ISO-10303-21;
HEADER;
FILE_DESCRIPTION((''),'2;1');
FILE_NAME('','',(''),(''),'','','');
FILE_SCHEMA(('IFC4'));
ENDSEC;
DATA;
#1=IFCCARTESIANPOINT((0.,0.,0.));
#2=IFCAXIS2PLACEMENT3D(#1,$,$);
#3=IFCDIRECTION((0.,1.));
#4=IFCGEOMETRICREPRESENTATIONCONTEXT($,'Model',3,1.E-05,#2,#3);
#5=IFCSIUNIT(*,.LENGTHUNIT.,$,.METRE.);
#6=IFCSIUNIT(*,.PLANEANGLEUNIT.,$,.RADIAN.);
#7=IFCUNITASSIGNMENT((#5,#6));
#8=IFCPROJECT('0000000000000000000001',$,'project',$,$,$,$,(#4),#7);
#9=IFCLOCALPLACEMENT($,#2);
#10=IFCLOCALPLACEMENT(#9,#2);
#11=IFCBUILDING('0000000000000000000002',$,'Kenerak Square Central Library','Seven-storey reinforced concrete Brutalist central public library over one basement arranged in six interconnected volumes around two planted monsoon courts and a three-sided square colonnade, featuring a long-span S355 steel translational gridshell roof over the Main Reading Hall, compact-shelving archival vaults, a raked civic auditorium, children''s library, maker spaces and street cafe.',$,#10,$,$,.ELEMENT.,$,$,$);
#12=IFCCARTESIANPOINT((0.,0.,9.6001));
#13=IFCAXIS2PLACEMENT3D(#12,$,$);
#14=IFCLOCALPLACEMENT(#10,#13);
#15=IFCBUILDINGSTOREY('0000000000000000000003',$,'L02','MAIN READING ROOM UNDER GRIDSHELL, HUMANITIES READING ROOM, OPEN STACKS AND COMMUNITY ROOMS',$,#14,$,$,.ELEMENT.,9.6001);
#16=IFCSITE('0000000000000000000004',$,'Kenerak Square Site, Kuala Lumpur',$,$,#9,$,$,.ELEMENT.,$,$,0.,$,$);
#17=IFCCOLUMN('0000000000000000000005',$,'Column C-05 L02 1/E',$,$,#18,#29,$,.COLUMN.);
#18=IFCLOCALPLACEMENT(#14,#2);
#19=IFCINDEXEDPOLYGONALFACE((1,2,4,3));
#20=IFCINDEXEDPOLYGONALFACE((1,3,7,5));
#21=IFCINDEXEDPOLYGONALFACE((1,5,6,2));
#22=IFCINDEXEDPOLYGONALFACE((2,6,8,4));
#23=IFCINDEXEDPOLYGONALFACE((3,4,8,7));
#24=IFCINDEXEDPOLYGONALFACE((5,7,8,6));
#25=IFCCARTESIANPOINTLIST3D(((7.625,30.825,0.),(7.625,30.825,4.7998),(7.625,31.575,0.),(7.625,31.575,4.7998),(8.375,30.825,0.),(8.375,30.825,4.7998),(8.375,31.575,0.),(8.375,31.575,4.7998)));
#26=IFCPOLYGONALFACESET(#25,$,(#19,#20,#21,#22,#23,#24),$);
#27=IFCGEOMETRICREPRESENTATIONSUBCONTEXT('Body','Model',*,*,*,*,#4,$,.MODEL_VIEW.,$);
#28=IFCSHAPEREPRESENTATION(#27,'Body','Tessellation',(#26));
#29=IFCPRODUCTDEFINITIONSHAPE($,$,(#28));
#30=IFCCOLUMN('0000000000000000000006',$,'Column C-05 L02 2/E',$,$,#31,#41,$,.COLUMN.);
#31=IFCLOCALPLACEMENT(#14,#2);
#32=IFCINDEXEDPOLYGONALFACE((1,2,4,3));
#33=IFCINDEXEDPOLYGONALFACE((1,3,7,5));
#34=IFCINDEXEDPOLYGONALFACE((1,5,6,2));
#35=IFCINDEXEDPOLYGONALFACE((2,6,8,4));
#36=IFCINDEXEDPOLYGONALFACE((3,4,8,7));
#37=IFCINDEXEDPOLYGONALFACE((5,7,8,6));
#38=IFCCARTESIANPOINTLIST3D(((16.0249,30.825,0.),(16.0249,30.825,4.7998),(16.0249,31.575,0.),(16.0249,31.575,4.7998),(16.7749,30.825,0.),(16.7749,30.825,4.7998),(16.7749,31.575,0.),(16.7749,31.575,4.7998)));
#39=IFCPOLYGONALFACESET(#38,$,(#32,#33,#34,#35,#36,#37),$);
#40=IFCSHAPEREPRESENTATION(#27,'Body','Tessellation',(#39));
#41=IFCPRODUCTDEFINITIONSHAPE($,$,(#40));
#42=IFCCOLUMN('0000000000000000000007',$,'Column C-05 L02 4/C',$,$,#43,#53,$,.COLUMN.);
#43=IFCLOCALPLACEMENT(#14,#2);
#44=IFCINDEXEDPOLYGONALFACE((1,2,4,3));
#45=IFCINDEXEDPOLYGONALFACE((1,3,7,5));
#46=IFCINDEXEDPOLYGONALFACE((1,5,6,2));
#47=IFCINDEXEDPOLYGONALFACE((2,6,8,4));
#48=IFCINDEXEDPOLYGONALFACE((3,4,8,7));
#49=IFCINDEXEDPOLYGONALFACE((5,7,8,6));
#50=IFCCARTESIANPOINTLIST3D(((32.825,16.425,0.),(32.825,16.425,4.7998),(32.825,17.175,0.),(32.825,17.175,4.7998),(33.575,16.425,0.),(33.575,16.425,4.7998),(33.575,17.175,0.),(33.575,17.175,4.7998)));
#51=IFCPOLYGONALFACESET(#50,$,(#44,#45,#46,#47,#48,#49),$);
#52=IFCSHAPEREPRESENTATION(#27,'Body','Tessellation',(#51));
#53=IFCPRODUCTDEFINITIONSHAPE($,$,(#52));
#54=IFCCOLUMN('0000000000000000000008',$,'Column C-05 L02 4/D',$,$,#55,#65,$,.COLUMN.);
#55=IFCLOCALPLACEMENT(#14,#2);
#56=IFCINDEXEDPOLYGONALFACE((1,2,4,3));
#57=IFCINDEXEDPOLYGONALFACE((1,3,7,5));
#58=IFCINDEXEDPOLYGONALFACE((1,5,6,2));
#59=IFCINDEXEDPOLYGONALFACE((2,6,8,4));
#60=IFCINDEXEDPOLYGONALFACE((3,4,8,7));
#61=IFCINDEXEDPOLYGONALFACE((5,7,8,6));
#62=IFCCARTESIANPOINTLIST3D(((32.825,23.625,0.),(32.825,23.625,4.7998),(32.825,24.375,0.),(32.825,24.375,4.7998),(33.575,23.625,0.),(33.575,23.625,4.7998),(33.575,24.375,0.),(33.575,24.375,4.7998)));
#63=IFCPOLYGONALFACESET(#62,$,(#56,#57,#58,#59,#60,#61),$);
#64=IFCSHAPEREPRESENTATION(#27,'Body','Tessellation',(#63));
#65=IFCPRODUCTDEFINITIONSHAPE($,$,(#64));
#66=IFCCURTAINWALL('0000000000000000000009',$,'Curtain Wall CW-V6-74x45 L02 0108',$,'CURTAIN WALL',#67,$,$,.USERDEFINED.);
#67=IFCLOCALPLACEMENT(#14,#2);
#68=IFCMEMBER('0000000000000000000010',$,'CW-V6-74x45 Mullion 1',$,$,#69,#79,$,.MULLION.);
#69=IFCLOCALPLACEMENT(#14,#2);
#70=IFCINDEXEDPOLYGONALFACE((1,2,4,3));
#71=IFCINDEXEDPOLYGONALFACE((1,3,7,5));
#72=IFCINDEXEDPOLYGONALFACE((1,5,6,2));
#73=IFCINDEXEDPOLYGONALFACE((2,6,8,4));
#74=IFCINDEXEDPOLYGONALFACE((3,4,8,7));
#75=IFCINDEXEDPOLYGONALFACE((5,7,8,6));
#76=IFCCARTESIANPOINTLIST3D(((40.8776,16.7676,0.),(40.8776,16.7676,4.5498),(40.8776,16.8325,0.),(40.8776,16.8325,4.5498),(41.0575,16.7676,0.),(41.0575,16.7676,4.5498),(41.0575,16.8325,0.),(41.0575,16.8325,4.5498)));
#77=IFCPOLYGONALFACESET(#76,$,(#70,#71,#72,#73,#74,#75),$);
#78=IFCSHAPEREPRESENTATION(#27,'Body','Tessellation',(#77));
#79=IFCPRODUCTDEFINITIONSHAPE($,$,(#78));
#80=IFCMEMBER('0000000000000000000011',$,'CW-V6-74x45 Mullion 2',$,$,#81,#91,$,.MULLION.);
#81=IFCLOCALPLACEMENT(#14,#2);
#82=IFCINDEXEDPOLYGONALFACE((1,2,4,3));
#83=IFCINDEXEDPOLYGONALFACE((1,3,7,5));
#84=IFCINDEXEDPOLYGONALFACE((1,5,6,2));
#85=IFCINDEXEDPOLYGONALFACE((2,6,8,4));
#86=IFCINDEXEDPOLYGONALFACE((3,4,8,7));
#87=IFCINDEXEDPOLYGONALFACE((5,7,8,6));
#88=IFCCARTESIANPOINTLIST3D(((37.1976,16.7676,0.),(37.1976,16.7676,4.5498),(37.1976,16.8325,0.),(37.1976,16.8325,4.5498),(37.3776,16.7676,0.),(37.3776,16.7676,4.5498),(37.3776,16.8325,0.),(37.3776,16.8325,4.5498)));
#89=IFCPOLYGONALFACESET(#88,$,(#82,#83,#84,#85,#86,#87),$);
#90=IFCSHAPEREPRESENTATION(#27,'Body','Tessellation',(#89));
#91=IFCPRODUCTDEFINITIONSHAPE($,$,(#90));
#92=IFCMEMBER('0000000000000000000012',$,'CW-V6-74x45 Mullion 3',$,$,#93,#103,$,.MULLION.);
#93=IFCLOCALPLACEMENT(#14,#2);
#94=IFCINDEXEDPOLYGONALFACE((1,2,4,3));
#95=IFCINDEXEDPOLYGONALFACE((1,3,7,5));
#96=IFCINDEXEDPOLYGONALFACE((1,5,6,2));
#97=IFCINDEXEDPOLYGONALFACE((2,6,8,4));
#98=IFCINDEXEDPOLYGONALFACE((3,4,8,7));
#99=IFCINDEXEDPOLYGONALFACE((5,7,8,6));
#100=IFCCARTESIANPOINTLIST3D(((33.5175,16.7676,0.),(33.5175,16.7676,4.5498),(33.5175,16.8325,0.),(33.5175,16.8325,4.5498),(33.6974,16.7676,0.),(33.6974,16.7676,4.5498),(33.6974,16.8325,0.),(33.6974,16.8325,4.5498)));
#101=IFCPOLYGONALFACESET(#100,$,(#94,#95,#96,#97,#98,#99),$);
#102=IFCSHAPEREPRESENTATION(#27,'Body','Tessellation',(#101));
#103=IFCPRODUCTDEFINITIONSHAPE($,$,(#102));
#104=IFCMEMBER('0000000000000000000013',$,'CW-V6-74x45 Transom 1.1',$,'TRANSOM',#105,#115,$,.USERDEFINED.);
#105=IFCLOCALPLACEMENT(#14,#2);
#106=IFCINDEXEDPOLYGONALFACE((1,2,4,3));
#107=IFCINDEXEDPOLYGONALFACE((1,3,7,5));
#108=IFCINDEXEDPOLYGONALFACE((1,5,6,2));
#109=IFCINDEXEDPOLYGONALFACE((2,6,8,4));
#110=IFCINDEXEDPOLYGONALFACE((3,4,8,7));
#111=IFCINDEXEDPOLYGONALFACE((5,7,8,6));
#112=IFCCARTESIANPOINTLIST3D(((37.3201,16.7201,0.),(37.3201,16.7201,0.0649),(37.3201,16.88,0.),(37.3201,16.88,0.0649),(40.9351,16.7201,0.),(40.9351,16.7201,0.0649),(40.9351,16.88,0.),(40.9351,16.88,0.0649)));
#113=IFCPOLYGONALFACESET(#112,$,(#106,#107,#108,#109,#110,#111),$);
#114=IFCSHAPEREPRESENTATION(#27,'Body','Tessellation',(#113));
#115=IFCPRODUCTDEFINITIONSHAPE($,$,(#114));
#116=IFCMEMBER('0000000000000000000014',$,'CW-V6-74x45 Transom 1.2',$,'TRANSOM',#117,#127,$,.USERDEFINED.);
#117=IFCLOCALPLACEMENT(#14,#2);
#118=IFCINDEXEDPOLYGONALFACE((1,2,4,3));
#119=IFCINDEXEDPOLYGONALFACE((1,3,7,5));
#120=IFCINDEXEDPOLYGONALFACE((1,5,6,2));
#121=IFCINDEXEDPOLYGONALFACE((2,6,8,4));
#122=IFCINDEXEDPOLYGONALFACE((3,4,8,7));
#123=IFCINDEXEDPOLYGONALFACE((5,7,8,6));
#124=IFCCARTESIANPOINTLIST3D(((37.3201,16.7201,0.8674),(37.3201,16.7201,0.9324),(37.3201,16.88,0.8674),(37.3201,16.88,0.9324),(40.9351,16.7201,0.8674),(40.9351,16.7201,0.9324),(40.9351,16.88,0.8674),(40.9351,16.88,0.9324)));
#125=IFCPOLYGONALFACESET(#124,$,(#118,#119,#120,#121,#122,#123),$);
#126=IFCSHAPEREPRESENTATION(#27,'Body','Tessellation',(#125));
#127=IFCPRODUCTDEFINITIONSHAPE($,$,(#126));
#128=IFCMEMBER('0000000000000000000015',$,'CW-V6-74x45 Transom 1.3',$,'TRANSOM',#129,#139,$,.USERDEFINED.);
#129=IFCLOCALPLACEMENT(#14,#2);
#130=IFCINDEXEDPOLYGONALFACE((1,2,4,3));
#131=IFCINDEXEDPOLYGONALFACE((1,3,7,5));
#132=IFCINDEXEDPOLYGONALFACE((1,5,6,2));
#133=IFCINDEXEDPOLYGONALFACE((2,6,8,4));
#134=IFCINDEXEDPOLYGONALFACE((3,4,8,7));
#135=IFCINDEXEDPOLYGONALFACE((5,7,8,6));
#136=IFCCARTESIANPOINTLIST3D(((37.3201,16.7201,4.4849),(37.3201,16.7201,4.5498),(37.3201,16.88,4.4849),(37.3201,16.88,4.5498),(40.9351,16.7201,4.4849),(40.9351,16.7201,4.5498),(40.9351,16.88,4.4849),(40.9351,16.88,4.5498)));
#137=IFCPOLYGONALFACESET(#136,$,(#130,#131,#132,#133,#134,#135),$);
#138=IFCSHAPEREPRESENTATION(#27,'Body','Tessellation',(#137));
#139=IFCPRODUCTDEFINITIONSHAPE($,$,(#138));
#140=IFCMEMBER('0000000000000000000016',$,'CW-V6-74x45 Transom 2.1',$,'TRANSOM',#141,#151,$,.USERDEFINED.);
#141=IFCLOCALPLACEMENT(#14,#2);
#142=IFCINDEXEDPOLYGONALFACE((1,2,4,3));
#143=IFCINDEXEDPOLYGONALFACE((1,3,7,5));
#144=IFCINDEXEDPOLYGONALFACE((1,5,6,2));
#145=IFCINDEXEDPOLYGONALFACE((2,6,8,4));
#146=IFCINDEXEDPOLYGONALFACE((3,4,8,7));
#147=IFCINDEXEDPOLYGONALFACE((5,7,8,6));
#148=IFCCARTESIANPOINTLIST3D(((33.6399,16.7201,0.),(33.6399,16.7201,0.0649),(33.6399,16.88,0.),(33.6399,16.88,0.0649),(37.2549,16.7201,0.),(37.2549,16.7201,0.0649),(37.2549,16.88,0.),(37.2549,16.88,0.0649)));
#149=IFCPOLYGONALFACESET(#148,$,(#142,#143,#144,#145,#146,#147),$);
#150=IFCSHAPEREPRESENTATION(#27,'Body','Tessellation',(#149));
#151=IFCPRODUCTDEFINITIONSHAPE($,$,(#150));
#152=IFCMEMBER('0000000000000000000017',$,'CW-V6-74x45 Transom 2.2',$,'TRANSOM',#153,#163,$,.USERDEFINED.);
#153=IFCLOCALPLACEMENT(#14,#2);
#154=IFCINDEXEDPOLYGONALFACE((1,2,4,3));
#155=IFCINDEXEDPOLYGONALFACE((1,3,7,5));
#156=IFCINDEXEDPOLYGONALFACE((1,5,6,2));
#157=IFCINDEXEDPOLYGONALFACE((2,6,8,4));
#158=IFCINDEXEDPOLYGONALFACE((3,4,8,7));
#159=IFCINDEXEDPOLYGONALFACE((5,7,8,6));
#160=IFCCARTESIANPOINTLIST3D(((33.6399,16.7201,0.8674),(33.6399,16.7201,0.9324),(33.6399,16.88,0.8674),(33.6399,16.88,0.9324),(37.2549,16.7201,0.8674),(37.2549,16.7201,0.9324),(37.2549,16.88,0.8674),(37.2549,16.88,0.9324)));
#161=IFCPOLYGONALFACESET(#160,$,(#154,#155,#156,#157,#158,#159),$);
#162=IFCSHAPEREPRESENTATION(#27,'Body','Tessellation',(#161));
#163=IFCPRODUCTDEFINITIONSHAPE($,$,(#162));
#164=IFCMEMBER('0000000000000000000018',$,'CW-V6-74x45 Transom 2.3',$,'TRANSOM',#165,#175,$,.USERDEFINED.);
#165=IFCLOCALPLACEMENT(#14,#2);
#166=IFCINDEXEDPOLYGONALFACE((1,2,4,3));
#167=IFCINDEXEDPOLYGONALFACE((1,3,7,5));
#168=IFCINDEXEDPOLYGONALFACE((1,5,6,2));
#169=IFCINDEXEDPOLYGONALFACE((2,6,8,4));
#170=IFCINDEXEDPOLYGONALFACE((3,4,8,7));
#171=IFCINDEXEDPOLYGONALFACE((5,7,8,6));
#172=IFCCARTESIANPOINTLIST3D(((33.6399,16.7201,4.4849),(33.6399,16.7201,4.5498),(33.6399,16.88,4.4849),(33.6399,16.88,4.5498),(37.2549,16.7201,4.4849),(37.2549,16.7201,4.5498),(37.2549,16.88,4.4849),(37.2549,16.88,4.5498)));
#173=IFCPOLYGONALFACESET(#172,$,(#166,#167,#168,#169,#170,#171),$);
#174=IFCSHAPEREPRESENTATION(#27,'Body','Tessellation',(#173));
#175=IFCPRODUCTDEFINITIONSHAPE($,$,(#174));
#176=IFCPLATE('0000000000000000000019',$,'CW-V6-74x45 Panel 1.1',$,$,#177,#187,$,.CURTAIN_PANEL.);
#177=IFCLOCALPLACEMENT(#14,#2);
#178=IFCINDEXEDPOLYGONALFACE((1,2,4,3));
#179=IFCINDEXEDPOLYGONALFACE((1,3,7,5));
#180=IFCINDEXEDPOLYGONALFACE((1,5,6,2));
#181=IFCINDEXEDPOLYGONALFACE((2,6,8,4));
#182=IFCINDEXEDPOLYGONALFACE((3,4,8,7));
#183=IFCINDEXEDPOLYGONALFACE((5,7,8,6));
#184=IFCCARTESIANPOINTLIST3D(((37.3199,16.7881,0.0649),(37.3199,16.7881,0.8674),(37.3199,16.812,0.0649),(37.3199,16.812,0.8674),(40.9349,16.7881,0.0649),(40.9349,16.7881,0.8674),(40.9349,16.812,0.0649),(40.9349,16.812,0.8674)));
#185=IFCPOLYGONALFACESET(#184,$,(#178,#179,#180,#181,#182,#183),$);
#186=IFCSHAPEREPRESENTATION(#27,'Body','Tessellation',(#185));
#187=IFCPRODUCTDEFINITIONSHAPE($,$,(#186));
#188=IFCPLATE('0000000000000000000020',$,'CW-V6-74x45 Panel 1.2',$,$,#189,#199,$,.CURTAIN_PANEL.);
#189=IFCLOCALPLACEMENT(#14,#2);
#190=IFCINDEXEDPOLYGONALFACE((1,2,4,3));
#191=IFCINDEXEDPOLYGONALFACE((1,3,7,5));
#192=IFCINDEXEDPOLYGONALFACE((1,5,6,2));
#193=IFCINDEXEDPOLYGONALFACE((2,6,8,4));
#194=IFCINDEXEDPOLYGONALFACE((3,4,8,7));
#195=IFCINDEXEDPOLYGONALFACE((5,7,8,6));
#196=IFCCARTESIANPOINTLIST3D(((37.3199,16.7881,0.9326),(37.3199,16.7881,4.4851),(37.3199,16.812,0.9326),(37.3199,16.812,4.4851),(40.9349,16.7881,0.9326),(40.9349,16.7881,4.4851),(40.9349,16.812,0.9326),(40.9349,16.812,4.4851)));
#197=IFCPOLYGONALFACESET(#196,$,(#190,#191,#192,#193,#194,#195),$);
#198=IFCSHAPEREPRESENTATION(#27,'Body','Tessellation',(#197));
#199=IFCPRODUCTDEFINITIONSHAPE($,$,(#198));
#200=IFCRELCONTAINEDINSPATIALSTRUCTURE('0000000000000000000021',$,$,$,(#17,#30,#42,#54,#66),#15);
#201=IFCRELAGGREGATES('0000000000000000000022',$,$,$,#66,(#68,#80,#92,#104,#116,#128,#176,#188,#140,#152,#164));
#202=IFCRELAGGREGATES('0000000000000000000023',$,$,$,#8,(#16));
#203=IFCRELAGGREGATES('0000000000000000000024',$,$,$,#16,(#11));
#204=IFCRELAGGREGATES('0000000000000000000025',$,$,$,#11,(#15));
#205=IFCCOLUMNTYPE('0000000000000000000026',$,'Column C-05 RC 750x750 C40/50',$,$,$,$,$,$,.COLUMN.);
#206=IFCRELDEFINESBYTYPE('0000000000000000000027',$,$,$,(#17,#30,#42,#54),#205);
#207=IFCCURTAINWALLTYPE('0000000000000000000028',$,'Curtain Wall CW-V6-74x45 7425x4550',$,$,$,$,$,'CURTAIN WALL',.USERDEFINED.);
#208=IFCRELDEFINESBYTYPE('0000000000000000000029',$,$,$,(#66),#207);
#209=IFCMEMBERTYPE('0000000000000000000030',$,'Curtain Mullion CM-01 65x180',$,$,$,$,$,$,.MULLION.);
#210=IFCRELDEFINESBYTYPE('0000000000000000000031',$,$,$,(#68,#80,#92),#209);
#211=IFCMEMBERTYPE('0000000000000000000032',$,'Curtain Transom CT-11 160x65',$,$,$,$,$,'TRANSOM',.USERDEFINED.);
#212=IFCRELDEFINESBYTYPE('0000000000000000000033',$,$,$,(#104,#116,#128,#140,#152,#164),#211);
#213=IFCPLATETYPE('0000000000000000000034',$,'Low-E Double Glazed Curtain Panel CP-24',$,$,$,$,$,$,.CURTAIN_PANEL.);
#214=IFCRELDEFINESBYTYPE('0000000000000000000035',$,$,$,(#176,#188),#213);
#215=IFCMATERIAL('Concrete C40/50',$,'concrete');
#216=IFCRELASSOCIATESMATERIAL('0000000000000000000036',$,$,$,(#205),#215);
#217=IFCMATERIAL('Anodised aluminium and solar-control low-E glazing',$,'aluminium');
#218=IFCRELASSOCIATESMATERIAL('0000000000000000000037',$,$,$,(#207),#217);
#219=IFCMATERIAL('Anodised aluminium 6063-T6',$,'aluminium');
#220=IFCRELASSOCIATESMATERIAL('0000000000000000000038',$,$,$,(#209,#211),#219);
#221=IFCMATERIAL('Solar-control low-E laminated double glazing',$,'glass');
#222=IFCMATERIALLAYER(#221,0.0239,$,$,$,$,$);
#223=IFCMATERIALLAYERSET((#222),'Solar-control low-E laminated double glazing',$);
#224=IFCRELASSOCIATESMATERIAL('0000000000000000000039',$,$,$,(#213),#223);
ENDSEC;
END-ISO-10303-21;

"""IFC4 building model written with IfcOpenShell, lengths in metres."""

from ifc_helpers import new_model, si_unit, direction, frame, origin, origin_2d, place, context, subcontext, project, spatial, rectangle, extrude, material, layer, layer_set, material_profile, profile_set, type_object, element, aggregate, save


model = new_model("IFC4")

# Units and contexts
model_context = context("Model", 3, precision=1e-05, world=origin(), true_north=direction((0.0, 1.0)))
body_context = subcontext(model_context, "Body", "Model", "MODEL_VIEW")
ifc_project = project(units=[si_unit("LENGTHUNIT", "METRE"), si_unit("PLANEANGLEUNIT", "RADIAN")], contexts=[model_context])

# Site, building, storey
site_placement = place(None, origin())
site = spatial("IfcSite", under=ifc_project, at=site_placement, Name="Kenerak Square Site, Kuala Lumpur", CompositionType="ELEMENT", RefElevation=0.0)
building_placement = place(site_placement, origin())
building = spatial("IfcBuilding", under=site, at=building_placement, Name="Kenerak Square Central Library", Description="Seven-storey reinforced concrete Brutalist central public library over one basement arranged in six interconnected volumes around two planted monsoon courts and a three-sided square colonnade, featuring a long-span S355 steel translational gridshell roof over the Main Reading Hall, compact-shelving archival vaults, a raked civic auditorium, children's library, maker spaces and street cafe.", CompositionType="ELEMENT")
storey_placement = place(building_placement, frame((0.0, 0.0, 9.6001)))
storey = spatial("IfcBuildingStorey", under=building, at=storey_placement, Name="L02", Description="MAIN READING ROOM UNDER GRIDSHELL, HUMANITIES READING ROOM, OPEN STACKS AND COMMUNITY ROOMS", CompositionType="ELEMENT", Elevation=9.6001)

# Columns
ifc_material_1 = material(Name="Concrete C40/50", Category="concrete")
ifc_material_profile_1 = material_profile(ifc_material_1, rectangle(XDim=0.75, YDim=0.75, at=origin_2d()), Name="RC 750x750")
ifc_profile_set_1 = profile_set([ifc_material_profile_1], Name="Concrete C40/50")
column_type = type_object("IfcColumnType", Name="Column C-05 RC 750x750 C40/50", PredefinedType="COLUMN", material=ifc_profile_set_1)
for number, where, z_axis, x_axis, name in (
    (1, (8.0, 31.2, 0.0), (0.0, 0.0, 1.0), (1.0, 0.0, 0.0), "Column C-05 L02 1/E"),
    (2, (16.3999, 31.2, 0.0), (0.0, 0.0, 1.0), (1.0, 0.0, 0.0), "Column C-05 L02 2/E"),
    (3, (33.2, 16.8, 0.0), (0.0, 0.0, 1.0), (1.0, 0.0, 0.0), "Column C-05 L02 4/C"),
    (4, (33.2, 24.0, 0.0), (0.0, 0.0, 1.0), (1.0, 0.0, 0.0), "Column C-05 L02 4/D"),
):
    element("IfcColumn", number, at=place(storey_placement, frame(where, z_axis=z_axis, x_axis=x_axis)), inside=storey, type_object=column_type, Name=name, PredefinedType="COLUMN", context=body_context, shape_type="SweptSolid", body=[
        extrude(rectangle(XDim=0.75, YDim=0.75, at=origin_2d()), origin(), (0.0, 0.0, 1.0), 4.7998),
    ])

# Curtain wall, members, plates
ifc_material_2 = material(Name="Anodised aluminium and solar-control low-E glazing", Category="aluminium")
curtain_wall_type = type_object("IfcCurtainWallType", Name="Curtain Wall CW-V6-74x45 7425x4550", ElementType="CURTAIN WALL", PredefinedType="USERDEFINED", material=ifc_material_2)
curtain_wall_placement = place(storey_placement, origin())
curtain_wall = element("IfcCurtainWall", 5, at=curtain_wall_placement, inside=storey, type_object=curtain_wall_type, Name="Curtain Wall CW-V6-74x45 L02 0108", ObjectType="CURTAIN WALL", PredefinedType="USERDEFINED")
ifc_material_3 = material(Name="Anodised aluminium 6063-T6", Category="aluminium")
ifc_material_profile_2 = material_profile(ifc_material_3, rectangle(XDim=0.0649, YDim=0.1799, at=origin_2d()), Name="AL MULLION 65x180")
ifc_profile_set_2 = profile_set([ifc_material_profile_2], Name="Anodised aluminium 6063-T6")
member_type_1 = type_object("IfcMemberType", Name="Curtain Mullion CM-01 65x180", PredefinedType="MULLION", material=ifc_profile_set_2)
member_1_placement = place(storey_placement, frame((40.9675, 16.8, 0.0), z_axis=(0.0, 0.0, 1.0), x_axis=(0.0, -1.0, 0.0)))
member_1 = element("IfcMember", 6, at=member_1_placement, type_object=member_type_1, Name="CW-V6-74x45 Mullion 1", PredefinedType="MULLION", context=body_context, shape_type="SweptSolid", body=[
    extrude(rectangle(XDim=0.0649, YDim=0.1799, at=origin_2d()), origin(), (0.0, 0.0, 1.0), 4.5498),
])
member_2_placement = place(storey_placement, frame((37.2876, 16.8, 0.0), z_axis=(0.0, 0.0, 1.0), x_axis=(0.0, -1.0, 0.0)))
member_2 = element("IfcMember", 7, at=member_2_placement, type_object=member_type_1, Name="CW-V6-74x45 Mullion 2", PredefinedType="MULLION", context=body_context, shape_type="SweptSolid", body=[
    extrude(rectangle(XDim=0.0649, YDim=0.1799, at=origin_2d()), origin(), (0.0, 0.0, 1.0), 4.5498),
])
member_3_placement = place(storey_placement, frame((33.6074, 16.8, 0.0), z_axis=(0.0, 0.0, 1.0), x_axis=(0.0, -1.0, 0.0)))
member_3 = element("IfcMember", 8, at=member_3_placement, type_object=member_type_1, Name="CW-V6-74x45 Mullion 3", PredefinedType="MULLION", context=body_context, shape_type="SweptSolid", body=[
    extrude(rectangle(XDim=0.0649, YDim=0.1799, at=origin_2d()), origin(), (0.0, 0.0, 1.0), 4.5498),
])
ifc_material_profile_3 = material_profile(ifc_material_3, rectangle(XDim=0.1599, YDim=0.0649, at=origin_2d()), Name="AL TRANSOM 160x65")
ifc_profile_set_3 = profile_set([ifc_material_profile_3], Name="Anodised aluminium 6063-T6")
member_type_2 = type_object("IfcMemberType", Name="Curtain Transom CT-11 160x65", ElementType="TRANSOM", PredefinedType="USERDEFINED", material=ifc_profile_set_3)
member_4_placement = place(storey_placement, frame((40.9351, 16.8, 0.0325), z_axis=(-1.0, 0.0, 0.0), x_axis=(0.0, -1.0, 0.0)))
member_4 = element("IfcMember", 9, at=member_4_placement, type_object=member_type_2, Name="CW-V6-74x45 Transom 1.1", ObjectType="TRANSOM", PredefinedType="USERDEFINED", context=body_context, shape_type="SweptSolid", body=[
    extrude(rectangle(XDim=0.1599, YDim=0.0649, at=origin_2d()), origin(), (0.0, 0.0, 1.0), 3.615),
])
member_5_placement = place(storey_placement, frame((40.9351, 16.8, 0.8999), z_axis=(-1.0, 0.0, 0.0), x_axis=(0.0, -1.0, 0.0)))
member_5 = element("IfcMember", 10, at=member_5_placement, type_object=member_type_2, Name="CW-V6-74x45 Transom 1.2", ObjectType="TRANSOM", PredefinedType="USERDEFINED", context=body_context, shape_type="SweptSolid", body=[
    extrude(rectangle(XDim=0.1599, YDim=0.0649, at=origin_2d()), origin(), (0.0, 0.0, 1.0), 3.615),
])
member_6_placement = place(storey_placement, frame((40.9351, 16.8, 4.5173), z_axis=(-1.0, 0.0, 0.0), x_axis=(0.0, -1.0, 0.0)))
member_6 = element("IfcMember", 11, at=member_6_placement, type_object=member_type_2, Name="CW-V6-74x45 Transom 1.3", ObjectType="TRANSOM", PredefinedType="USERDEFINED", context=body_context, shape_type="SweptSolid", body=[
    extrude(rectangle(XDim=0.1599, YDim=0.0649, at=origin_2d()), origin(), (0.0, 0.0, 1.0), 3.615),
])
member_7_placement = place(storey_placement, frame((37.2549, 16.8, 0.0325), z_axis=(-1.0, 0.0, 0.0), x_axis=(0.0, -1.0, 0.0)))
member_7 = element("IfcMember", 12, at=member_7_placement, type_object=member_type_2, Name="CW-V6-74x45 Transom 2.1", ObjectType="TRANSOM", PredefinedType="USERDEFINED", context=body_context, shape_type="SweptSolid", body=[
    extrude(rectangle(XDim=0.1599, YDim=0.0649, at=origin_2d()), origin(), (0.0, 0.0, 1.0), 3.615),
])
member_8_placement = place(storey_placement, frame((37.2549, 16.8, 0.8999), z_axis=(-1.0, 0.0, 0.0), x_axis=(0.0, -1.0, 0.0)))
member_8 = element("IfcMember", 13, at=member_8_placement, type_object=member_type_2, Name="CW-V6-74x45 Transom 2.2", ObjectType="TRANSOM", PredefinedType="USERDEFINED", context=body_context, shape_type="SweptSolid", body=[
    extrude(rectangle(XDim=0.1599, YDim=0.0649, at=origin_2d()), origin(), (0.0, 0.0, 1.0), 3.615),
])
member_9_placement = place(storey_placement, frame((37.2549, 16.8, 4.5173), z_axis=(-1.0, 0.0, 0.0), x_axis=(0.0, -1.0, 0.0)))
member_9 = element("IfcMember", 14, at=member_9_placement, type_object=member_type_2, Name="CW-V6-74x45 Transom 2.3", ObjectType="TRANSOM", PredefinedType="USERDEFINED", context=body_context, shape_type="SweptSolid", body=[
    extrude(rectangle(XDim=0.1599, YDim=0.0649, at=origin_2d()), origin(), (0.0, 0.0, 1.0), 3.615),
])
ifc_material_4 = material(Name="Solar-control low-E laminated double glazing", Category="glass")
ifc_layer_1 = layer(ifc_material_4, 0.0239)
ifc_layer_set_1 = layer_set([ifc_layer_1], Name="Solar-control low-E laminated double glazing")
plate_type = type_object("IfcPlateType", Name="Low-E Double Glazed Curtain Panel CP-24", PredefinedType="CURTAIN_PANEL", material=ifc_layer_set_1)
plate_1_placement = place(storey_placement, frame((39.1274, 16.8, 0.0649), z_axis=(0.0, 0.0, 1.0), x_axis=(-1.0, 0.0, 0.0)))
plate_1 = element("IfcPlate", 15, at=plate_1_placement, type_object=plate_type, Name="CW-V6-74x45 Panel 1.1", PredefinedType="CURTAIN_PANEL", context=body_context, shape_type="SweptSolid", body=[
    extrude(rectangle(XDim=3.615, YDim=0.0239, at=origin_2d()), origin(), (0.0, 0.0, 1.0), 0.8025),
])
plate_2_placement = place(storey_placement, frame((39.1274, 16.8, 0.9326), z_axis=(0.0, 0.0, 1.0), x_axis=(-1.0, 0.0, 0.0)))
plate_2 = element("IfcPlate", 16, at=plate_2_placement, type_object=plate_type, Name="CW-V6-74x45 Panel 1.2", PredefinedType="CURTAIN_PANEL", context=body_context, shape_type="SweptSolid", body=[
    extrude(rectangle(XDim=3.615, YDim=0.0239, at=origin_2d()), origin(), (0.0, 0.0, 1.0), 3.5525),
])
aggregate(curtain_wall, [member_1, member_2, member_3, member_4, member_5, member_6, plate_1, plate_2, member_7, member_8, member_9])

save(model, "model.ifc")
